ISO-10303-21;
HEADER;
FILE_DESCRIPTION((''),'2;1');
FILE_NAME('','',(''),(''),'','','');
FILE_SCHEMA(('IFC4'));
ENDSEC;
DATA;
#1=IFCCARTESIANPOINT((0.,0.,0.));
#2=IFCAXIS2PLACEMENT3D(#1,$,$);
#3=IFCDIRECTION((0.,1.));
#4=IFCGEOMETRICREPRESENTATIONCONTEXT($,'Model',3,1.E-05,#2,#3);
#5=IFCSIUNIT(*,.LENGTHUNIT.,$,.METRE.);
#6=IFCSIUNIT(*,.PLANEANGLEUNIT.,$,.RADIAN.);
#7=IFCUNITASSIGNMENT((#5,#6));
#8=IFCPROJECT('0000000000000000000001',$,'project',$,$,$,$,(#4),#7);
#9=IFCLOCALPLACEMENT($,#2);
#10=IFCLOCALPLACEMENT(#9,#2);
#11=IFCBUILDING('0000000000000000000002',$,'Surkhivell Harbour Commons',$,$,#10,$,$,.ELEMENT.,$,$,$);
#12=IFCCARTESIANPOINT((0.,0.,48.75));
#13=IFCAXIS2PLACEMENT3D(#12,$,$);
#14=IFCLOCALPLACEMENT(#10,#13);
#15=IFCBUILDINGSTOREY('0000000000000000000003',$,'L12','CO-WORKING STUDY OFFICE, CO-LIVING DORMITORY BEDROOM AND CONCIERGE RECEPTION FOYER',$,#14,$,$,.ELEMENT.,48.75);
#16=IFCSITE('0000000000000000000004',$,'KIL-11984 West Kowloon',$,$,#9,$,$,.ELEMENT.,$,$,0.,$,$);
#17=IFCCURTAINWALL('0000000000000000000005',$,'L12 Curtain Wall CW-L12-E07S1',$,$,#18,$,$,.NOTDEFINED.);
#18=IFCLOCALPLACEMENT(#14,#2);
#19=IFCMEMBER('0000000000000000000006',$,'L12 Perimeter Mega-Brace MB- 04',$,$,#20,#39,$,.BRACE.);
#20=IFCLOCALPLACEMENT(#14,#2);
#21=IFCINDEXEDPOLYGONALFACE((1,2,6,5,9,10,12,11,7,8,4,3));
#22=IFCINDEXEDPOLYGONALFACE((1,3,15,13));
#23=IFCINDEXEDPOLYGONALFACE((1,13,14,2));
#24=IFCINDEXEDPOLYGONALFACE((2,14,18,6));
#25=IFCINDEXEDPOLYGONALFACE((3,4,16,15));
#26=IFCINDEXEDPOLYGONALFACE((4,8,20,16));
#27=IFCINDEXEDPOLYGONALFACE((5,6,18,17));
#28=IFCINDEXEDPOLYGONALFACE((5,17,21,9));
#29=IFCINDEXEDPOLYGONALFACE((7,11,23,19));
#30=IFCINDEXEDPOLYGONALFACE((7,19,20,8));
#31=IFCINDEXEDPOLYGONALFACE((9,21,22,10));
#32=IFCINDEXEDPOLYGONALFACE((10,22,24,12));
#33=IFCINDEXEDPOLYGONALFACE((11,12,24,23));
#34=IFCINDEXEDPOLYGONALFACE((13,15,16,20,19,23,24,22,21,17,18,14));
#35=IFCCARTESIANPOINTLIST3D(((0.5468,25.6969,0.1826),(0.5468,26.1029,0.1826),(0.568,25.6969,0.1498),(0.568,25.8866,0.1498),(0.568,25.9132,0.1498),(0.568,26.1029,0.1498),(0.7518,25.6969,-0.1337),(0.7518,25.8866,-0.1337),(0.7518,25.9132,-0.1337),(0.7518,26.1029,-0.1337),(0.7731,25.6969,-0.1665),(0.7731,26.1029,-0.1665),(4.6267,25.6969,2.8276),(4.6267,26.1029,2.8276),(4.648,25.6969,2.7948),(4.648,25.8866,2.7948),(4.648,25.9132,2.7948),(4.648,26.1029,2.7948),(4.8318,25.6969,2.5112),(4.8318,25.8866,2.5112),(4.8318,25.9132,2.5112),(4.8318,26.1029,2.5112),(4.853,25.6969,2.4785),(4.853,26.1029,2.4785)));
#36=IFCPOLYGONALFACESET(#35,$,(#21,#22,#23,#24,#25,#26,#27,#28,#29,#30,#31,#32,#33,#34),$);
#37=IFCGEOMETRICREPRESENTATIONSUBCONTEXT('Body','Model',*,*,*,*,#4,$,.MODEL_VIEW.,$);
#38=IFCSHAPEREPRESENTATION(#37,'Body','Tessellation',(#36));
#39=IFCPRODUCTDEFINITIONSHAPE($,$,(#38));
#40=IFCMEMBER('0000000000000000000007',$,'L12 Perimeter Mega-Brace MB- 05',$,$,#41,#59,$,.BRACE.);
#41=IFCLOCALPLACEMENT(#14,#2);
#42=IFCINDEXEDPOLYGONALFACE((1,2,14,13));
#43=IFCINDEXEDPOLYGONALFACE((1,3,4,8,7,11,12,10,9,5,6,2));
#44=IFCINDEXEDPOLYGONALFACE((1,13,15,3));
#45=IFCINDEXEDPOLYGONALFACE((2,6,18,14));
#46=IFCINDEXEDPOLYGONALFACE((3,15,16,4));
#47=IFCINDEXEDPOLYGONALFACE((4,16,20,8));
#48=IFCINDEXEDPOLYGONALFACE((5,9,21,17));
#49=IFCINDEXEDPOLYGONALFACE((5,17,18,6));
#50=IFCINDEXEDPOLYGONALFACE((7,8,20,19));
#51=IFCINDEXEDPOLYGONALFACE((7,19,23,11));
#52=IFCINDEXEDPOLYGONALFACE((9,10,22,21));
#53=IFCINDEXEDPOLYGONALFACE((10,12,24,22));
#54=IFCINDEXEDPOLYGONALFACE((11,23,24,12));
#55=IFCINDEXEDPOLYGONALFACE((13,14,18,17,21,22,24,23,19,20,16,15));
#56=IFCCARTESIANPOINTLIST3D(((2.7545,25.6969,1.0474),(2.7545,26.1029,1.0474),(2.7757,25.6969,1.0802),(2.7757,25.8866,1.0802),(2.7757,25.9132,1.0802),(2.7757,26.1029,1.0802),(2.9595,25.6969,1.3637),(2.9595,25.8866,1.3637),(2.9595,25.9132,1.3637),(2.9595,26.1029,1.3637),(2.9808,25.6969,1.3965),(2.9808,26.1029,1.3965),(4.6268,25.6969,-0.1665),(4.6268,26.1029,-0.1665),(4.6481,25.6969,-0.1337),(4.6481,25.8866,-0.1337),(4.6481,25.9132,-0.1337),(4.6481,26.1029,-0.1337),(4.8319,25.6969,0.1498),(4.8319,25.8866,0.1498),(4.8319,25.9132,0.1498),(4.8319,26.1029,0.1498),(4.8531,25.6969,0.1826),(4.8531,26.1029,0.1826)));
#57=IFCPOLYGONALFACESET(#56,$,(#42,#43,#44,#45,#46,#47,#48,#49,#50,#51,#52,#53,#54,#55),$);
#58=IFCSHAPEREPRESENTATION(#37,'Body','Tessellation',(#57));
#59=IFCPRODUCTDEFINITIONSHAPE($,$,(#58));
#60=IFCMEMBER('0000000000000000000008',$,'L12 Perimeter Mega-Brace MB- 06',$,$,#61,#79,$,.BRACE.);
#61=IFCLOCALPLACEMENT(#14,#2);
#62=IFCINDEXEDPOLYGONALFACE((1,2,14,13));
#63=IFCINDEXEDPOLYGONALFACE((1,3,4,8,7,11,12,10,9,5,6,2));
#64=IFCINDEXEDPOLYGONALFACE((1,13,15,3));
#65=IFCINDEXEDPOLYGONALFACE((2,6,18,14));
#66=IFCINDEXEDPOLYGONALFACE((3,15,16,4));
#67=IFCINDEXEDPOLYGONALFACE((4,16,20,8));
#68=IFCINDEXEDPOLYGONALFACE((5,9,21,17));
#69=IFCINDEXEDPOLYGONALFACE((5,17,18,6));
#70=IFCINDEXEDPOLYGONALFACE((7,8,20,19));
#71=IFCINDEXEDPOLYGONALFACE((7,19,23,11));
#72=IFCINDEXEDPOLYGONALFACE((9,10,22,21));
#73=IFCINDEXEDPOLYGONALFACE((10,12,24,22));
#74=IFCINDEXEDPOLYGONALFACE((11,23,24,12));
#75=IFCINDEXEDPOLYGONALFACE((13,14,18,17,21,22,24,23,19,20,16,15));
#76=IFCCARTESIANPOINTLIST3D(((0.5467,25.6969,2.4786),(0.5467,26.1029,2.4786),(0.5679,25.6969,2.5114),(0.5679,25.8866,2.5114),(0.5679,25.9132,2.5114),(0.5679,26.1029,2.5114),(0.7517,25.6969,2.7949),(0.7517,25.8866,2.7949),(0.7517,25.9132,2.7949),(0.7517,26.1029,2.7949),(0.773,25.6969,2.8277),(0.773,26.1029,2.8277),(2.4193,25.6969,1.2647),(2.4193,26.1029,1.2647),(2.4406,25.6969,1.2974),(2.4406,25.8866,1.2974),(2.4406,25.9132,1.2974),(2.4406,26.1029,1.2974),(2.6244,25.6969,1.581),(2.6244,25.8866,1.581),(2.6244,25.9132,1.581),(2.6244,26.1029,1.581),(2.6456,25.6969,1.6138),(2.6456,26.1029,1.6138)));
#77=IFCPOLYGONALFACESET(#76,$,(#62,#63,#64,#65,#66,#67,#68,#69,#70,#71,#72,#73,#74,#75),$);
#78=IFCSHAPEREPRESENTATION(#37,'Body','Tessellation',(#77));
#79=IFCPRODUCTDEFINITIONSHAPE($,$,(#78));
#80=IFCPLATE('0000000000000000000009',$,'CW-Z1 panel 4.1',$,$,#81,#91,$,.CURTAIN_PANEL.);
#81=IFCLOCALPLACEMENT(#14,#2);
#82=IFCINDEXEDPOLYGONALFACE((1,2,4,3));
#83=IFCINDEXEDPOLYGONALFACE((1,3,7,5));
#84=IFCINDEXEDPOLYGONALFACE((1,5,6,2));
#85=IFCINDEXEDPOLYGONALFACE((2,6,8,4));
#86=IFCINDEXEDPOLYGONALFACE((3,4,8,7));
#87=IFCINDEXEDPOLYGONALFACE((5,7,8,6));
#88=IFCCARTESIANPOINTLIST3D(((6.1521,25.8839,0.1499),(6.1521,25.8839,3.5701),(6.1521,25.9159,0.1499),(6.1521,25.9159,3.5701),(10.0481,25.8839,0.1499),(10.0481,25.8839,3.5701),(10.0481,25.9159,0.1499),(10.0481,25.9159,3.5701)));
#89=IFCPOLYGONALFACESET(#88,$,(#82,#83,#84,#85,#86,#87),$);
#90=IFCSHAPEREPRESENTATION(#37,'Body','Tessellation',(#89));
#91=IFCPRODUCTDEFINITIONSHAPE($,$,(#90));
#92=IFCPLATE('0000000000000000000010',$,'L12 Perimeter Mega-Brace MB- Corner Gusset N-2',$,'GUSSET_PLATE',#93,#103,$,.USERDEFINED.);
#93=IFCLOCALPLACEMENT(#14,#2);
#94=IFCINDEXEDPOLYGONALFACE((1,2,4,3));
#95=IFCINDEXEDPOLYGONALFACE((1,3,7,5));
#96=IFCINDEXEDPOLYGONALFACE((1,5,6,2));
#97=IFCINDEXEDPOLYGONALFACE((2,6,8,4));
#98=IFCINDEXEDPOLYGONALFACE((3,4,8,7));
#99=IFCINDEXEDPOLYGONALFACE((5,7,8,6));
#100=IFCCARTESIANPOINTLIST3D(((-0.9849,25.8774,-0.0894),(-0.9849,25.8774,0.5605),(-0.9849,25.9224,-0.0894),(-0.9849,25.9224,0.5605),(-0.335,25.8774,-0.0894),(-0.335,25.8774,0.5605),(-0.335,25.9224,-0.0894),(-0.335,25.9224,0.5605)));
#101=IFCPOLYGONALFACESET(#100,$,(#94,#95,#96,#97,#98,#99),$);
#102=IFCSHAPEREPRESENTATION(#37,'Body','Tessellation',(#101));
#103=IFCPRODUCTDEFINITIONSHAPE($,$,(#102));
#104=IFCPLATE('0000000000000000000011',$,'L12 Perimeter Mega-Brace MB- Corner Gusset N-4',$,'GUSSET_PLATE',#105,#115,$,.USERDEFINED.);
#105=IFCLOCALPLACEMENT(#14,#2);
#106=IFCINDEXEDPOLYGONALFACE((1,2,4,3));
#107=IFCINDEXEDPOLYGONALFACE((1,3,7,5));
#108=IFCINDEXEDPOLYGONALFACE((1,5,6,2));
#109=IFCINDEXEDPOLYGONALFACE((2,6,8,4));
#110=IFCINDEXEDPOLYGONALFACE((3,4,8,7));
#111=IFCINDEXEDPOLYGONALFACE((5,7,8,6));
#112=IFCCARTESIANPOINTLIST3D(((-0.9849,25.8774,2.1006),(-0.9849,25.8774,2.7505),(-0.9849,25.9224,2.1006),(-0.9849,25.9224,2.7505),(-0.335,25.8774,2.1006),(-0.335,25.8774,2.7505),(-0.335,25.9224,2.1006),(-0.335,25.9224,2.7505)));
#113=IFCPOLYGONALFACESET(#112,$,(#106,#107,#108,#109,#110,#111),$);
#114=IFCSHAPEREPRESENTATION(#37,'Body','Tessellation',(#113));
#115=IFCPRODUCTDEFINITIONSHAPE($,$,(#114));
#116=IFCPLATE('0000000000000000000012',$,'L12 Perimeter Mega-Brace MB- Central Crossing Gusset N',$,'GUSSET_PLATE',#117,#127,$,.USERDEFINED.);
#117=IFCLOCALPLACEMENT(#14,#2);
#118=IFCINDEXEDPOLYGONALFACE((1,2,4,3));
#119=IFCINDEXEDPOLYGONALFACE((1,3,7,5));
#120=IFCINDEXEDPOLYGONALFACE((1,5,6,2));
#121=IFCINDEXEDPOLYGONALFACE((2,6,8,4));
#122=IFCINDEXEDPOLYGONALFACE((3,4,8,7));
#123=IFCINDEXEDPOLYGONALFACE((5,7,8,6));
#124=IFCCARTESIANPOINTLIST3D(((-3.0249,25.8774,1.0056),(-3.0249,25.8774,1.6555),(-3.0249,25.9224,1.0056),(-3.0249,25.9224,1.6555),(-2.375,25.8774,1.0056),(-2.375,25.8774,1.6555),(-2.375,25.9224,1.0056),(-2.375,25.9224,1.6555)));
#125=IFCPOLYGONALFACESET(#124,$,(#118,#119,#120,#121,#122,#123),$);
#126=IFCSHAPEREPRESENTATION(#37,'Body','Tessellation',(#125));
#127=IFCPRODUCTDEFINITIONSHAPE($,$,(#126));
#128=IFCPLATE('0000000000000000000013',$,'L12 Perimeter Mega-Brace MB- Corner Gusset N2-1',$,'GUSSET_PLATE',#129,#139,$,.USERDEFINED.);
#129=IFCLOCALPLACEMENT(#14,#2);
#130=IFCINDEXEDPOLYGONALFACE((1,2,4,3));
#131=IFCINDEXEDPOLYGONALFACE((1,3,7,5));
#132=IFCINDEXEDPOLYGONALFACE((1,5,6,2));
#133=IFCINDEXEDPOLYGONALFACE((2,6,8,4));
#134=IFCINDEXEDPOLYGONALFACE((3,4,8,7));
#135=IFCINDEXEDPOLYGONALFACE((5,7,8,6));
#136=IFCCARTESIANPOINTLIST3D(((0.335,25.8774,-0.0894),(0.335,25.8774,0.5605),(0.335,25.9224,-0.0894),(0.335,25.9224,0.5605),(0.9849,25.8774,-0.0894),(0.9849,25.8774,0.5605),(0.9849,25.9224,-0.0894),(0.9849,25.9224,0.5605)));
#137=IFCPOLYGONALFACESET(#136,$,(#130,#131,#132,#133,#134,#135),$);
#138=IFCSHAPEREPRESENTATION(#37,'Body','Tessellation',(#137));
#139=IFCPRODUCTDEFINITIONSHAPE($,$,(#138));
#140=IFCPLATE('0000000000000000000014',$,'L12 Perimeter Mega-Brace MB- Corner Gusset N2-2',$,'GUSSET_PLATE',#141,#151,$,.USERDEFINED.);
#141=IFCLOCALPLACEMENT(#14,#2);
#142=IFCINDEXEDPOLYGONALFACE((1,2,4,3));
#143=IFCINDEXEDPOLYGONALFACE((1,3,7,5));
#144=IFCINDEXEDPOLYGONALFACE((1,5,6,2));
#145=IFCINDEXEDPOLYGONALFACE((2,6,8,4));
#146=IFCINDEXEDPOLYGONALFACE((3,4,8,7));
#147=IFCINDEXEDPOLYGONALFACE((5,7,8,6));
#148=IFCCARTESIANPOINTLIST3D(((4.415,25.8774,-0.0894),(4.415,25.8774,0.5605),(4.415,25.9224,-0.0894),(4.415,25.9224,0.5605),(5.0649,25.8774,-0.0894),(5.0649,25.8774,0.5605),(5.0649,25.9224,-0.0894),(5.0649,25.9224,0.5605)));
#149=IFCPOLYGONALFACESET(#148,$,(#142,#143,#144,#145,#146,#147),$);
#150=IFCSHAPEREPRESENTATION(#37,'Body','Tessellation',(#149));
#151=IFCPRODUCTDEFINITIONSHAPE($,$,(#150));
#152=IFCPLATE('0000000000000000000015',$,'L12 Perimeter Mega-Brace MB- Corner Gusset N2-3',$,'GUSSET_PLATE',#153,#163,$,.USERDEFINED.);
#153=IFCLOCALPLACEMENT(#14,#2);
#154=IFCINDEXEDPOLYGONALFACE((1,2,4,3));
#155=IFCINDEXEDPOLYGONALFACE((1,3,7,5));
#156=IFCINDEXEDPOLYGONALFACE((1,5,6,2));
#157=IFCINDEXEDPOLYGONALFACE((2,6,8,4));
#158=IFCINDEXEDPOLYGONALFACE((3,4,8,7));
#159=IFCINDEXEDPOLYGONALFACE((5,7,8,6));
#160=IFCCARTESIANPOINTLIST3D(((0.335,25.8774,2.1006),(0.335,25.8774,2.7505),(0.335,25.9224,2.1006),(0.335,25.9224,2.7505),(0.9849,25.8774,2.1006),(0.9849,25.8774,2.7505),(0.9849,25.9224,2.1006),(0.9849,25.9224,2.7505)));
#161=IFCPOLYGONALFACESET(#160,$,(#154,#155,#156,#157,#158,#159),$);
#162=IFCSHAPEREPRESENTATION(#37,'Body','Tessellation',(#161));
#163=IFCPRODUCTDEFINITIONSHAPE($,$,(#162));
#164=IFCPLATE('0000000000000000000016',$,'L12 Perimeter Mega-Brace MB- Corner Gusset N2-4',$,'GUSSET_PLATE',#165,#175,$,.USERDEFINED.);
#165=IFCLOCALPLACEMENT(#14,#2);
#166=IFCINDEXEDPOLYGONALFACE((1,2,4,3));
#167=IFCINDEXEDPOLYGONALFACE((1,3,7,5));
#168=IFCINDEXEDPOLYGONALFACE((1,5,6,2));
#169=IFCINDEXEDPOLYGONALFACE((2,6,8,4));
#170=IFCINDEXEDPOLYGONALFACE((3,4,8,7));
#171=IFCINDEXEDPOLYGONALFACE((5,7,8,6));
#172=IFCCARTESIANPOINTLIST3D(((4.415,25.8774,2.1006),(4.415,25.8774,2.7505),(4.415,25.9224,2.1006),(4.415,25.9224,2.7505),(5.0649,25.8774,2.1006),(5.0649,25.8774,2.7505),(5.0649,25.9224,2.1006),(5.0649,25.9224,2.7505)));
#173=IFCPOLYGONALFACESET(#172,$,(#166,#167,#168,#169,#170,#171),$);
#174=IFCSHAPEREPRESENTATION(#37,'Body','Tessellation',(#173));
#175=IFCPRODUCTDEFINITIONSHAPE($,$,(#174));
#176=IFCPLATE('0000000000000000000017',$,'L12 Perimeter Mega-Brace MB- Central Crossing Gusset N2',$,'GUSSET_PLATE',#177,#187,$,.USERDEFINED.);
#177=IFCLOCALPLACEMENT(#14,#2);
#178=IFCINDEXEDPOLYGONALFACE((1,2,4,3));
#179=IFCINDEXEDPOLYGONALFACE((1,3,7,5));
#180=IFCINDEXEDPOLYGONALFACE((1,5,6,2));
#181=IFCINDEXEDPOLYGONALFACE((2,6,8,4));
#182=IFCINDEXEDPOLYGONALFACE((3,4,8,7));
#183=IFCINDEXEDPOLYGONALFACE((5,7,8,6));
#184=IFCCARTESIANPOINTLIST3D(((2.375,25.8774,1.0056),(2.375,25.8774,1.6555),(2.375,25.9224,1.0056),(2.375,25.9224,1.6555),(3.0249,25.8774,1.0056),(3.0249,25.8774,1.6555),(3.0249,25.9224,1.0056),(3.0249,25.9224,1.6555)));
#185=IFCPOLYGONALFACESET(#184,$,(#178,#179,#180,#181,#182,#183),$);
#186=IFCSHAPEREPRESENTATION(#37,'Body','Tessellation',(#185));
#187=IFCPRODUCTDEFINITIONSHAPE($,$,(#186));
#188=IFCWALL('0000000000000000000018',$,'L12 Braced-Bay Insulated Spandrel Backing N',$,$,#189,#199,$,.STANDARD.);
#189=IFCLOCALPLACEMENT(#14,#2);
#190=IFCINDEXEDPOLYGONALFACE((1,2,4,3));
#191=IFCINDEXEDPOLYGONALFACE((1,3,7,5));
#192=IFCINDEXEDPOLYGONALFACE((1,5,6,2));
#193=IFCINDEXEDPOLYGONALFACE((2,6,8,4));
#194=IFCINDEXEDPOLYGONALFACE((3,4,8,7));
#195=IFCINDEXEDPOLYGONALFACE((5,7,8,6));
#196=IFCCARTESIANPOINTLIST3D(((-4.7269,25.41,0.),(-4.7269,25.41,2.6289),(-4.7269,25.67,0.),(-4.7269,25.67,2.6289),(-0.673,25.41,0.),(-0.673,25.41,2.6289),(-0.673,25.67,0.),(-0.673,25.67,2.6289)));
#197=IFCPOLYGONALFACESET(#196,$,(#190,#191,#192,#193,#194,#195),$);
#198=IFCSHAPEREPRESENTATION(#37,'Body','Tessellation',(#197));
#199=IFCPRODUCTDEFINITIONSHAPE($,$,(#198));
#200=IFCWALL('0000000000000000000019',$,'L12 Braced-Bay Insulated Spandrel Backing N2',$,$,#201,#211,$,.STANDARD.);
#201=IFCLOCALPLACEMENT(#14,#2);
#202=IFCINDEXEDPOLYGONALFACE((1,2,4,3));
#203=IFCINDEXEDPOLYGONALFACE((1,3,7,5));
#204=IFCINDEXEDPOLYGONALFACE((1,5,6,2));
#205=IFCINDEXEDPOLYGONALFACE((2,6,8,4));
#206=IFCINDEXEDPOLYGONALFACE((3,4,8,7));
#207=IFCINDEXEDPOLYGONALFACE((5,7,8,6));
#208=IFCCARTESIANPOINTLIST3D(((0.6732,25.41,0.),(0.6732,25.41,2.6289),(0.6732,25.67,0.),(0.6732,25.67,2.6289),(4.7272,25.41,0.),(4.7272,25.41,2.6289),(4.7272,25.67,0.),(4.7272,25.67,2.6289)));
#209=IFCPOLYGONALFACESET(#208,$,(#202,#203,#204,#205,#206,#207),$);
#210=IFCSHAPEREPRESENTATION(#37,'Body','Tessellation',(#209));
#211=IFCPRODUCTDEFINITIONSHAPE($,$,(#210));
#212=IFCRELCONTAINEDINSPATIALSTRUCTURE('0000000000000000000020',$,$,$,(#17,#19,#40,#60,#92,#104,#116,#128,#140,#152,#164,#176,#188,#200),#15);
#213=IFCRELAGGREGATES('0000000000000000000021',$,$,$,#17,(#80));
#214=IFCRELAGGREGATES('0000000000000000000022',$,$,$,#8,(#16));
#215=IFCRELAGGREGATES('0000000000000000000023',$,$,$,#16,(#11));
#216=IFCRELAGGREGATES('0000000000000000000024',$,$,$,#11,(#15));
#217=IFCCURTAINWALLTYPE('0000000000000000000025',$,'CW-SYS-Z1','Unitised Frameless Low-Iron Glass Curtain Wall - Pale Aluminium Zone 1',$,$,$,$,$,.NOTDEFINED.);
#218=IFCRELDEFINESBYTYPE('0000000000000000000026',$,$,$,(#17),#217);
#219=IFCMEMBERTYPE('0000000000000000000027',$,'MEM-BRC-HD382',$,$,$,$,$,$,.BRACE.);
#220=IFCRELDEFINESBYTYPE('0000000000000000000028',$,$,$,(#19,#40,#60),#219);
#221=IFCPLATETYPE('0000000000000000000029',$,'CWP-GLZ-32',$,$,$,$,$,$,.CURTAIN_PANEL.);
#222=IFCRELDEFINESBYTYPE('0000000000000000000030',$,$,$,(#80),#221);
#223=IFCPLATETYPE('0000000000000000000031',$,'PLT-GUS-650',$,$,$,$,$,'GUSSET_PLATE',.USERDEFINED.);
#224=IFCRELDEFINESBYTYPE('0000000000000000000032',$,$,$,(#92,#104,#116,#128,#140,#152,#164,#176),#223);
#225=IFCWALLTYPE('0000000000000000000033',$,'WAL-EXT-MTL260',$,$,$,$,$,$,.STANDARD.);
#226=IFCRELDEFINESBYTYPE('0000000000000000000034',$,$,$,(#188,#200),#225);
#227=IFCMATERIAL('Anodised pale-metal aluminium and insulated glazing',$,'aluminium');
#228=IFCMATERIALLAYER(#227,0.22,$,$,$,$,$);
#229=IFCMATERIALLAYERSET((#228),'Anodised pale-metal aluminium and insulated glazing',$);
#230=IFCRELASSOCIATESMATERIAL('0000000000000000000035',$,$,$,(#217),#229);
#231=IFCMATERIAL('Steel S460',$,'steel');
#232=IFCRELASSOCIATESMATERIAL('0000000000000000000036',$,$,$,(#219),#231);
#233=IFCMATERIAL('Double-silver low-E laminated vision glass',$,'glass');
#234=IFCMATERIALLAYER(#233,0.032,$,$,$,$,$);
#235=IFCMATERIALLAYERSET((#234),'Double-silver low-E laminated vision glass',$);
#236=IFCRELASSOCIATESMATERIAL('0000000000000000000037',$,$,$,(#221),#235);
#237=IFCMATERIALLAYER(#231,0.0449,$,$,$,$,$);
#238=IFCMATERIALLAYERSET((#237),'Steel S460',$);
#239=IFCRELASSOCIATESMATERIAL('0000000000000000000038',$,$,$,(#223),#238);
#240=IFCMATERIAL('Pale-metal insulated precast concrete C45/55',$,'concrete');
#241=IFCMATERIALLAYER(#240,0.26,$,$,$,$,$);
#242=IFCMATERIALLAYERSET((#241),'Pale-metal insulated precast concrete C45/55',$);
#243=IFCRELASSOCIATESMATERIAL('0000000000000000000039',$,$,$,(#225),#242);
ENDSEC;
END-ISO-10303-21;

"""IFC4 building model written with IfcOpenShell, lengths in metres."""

from ifc_helpers import new_model, si_unit, direction, frame, frame_2d, origin, origin_2d, place, context, subcontext, project, spatial, rectangle, i_section, extrude, material, layer, layer_set, material_profile, profile_set, type_object, element, aggregate, save


model = new_model("IFC4")

# Units and contexts
model_context = context("Model", 3, precision=1e-05, world=origin(), true_north=direction((0.0, 1.0)))
body_context = subcontext(model_context, "Body", "Model", "MODEL_VIEW")
ifc_project = project(units=[si_unit("LENGTHUNIT", "METRE"), si_unit("PLANEANGLEUNIT", "RADIAN")], contexts=[model_context])

# Site, building, storey
site_placement = place(None, origin())
site = spatial("IfcSite", under=ifc_project, at=site_placement, Name="KIL-11984 West Kowloon", CompositionType="ELEMENT", RefElevation=0.0)
building_placement = place(site_placement, origin())
building = spatial("IfcBuilding", under=site, at=building_placement, Name="Surkhivell Harbour Commons", CompositionType="ELEMENT")
storey_placement = place(building_placement, frame((0.0, 0.0, 48.75)))
storey = spatial("IfcBuildingStorey", under=building, at=storey_placement, Name="L12", Description="CO-WORKING STUDY OFFICE, CO-LIVING DORMITORY BEDROOM AND CONCIERGE RECEPTION FOYER", CompositionType="ELEMENT", Elevation=48.75)

# Shared definitions
ifc_material_1 = material(Name="Steel S460", Category="steel")

# Curtain wall
ifc_material_2 = material(Name="Anodised pale-metal aluminium and insulated glazing", Category="aluminium")
ifc_layer_1 = layer(ifc_material_2, 0.22)
ifc_layer_set_1 = layer_set([ifc_layer_1], Name="Anodised pale-metal aluminium and insulated glazing")
curtain_wall_type = type_object("IfcCurtainWallType", Name="CW-SYS-Z1", Description="Unitised Frameless Low-Iron Glass Curtain Wall - Pale Aluminium Zone 1", PredefinedType="NOTDEFINED", material=ifc_layer_set_1)
curtain_wall_placement = place(storey_placement, origin())
curtain_wall = element("IfcCurtainWall", 1, at=curtain_wall_placement, inside=storey, type_object=curtain_wall_type, Name="L12 Curtain Wall CW-L12-E07S1", PredefinedType="NOTDEFINED")

# Members
ifc_material_profile_1 = material_profile(ifc_material_1, i_section(OverallWidth=0.406, OverallDepth=0.416, WebThickness=0.0266, FlangeThickness=0.0391, at=origin_2d()), Name="HD400x382")
ifc_profile_set_1 = profile_set([ifc_material_profile_1], Name="Steel S460")
member_type_1 = type_object("IfcMemberType", Name="MEM-BRC-HD382", PredefinedType="BRACE", material=ifc_profile_set_1)
member_1_placement = place(storey_placement, frame((0.6599, 25.8999, 0.0081), z_axis=(0.839104, 0.0, 0.543971), x_axis=(0.0, 1.0, 0.0)))
element("IfcMember", 2, at=member_1_placement, inside=storey, type_object=member_type_1, Name="L12 Perimeter Mega-Brace MB- 04", PredefinedType="BRACE", context=body_context, shape_type="SweptSolid", body=[
    extrude(i_section(OverallWidth=0.406, OverallDepth=0.416, WebThickness=0.0266, FlangeThickness=0.0391, at=origin_2d()), origin(), (0.0, 0.0, 1.0), 4.8623),
])
member_2_placement = place(storey_placement, frame((4.74, 25.8999, 0.0081), z_axis=(-0.839085, 0.0, 0.544), x_axis=(0.0, -1.0, 0.0)))
element("IfcMember", 3, at=member_2_placement, inside=storey, type_object=member_type_1, Name="L12 Perimeter Mega-Brace MB- 05", PredefinedType="BRACE", context=body_context, shape_type="SweptSolid", body=[
    extrude(i_section(OverallWidth=0.406, OverallDepth=0.416, WebThickness=0.0266, FlangeThickness=0.0391, at=origin_2d()), origin(), (0.0, 0.0, 1.0), 2.2314),
])
member_3_placement = place(storey_placement, frame((2.5325, 25.8999, 1.4392), z_axis=(-0.839118, 0.0, 0.54395), x_axis=(0.0, -1.0, 0.0)))
element("IfcMember", 4, at=member_3_placement, inside=storey, type_object=member_type_1, Name="L12 Perimeter Mega-Brace MB- 06", PredefinedType="BRACE", context=body_context, shape_type="SweptSolid", body=[
    extrude(i_section(OverallWidth=0.406, OverallDepth=0.416, WebThickness=0.0266, FlangeThickness=0.0391, at=origin_2d()), origin(), (0.0, 0.0, 1.0), 2.2317),
])

# Plate
ifc_material_3 = material(Name="Double-silver low-E laminated vision glass", Category="glass")
ifc_layer_2 = layer(ifc_material_3, 0.032)
ifc_layer_set_2 = layer_set([ifc_layer_2], Name="Double-silver low-E laminated vision glass")
plate_type_1 = type_object("IfcPlateType", Name="CWP-GLZ-32", PredefinedType="CURTAIN_PANEL", material=ifc_layer_set_2)
plate_placement = place(storey_placement, frame((10.0481, 25.8999, 0.1499), z_axis=(0.0, 0.0, 1.0), x_axis=(-1.0, 0.0, 0.0)))
plate = element("IfcPlate", 5, at=plate_placement, type_object=plate_type_1, Name="CW-Z1 panel 4.1", PredefinedType="CURTAIN_PANEL", context=body_context, shape_type="SweptSolid", body=[
    extrude(rectangle(XDim=3.896, YDim=0.032, at=frame_2d((1.948, 0.0))), origin(), (0.0, 0.0, 1.0), 3.4202),
])
aggregate(curtain_wall, [plate])

# Plates
ifc_layer_3 = layer(ifc_material_1, 0.0449)
ifc_layer_set_3 = layer_set([ifc_layer_3], Name="Steel S460")
plate_type_2 = type_object("IfcPlateType", Name="PLT-GUS-650", ElementType="GUSSET_PLATE", PredefinedType="USERDEFINED", material=ifc_layer_set_3)
for number, where, z_axis, x_axis, name in (
    (6, (-0.6599, 25.8999, -0.0894), (0.0, 0.0, 1.0), (1.0, 0.0, 0.0), "L12 Perimeter Mega-Brace MB- Corner Gusset N-2"),
    (7, (-0.6599, 25.8999, 2.1006), (0.0, 0.0, 1.0), (1.0, 0.0, 0.0), "L12 Perimeter Mega-Brace MB- Corner Gusset N-4"),
    (8, (-2.7, 25.8999, 1.0056), (0.0, 0.0, 1.0), (1.0, 0.0, 0.0), "L12 Perimeter Mega-Brace MB- Central Crossing Gusset N"),
    (9, (0.6599, 25.8999, -0.0894), (0.0, 0.0, 1.0), (1.0, 0.0, 0.0), "L12 Perimeter Mega-Brace MB- Corner Gusset N2-1"),
    (10, (4.74, 25.8999, -0.0894), (0.0, 0.0, 1.0), (1.0, 0.0, 0.0), "L12 Perimeter Mega-Brace MB- Corner Gusset N2-2"),
    (11, (0.6599, 25.8999, 2.1006), (0.0, 0.0, 1.0), (1.0, 0.0, 0.0), "L12 Perimeter Mega-Brace MB- Corner Gusset N2-3"),
    (12, (4.74, 25.8999, 2.1006), (0.0, 0.0, 1.0), (1.0, 0.0, 0.0), "L12 Perimeter Mega-Brace MB- Corner Gusset N2-4"),
    (13, (2.7, 25.8999, 1.0056), (0.0, 0.0, 1.0), (1.0, 0.0, 0.0), "L12 Perimeter Mega-Brace MB- Central Crossing Gusset N2"),
):
    element("IfcPlate", number, at=place(storey_placement, frame(where, z_axis=z_axis, x_axis=x_axis)), inside=storey, type_object=plate_type_2, Name=name, ObjectType="GUSSET_PLATE", PredefinedType="USERDEFINED", context=body_context, shape_type="SweptSolid", body=[
        extrude(rectangle(XDim=0.6499, YDim=0.0449, at=origin_2d()), origin(), (0.0, 0.0, 1.0), 0.6499),
    ])

# Walls
ifc_material_4 = material(Name="Pale-metal insulated precast concrete C45/55", Category="concrete")
ifc_layer_4 = layer(ifc_material_4, 0.26)
ifc_layer_set_4 = layer_set([ifc_layer_4], Name="Pale-metal insulated precast concrete C45/55")
wall_type = type_object("IfcWallType", Name="WAL-EXT-MTL260", PredefinedType="STANDARD", material=ifc_layer_set_4)
for number, where, z_axis, x_axis, name in (
    (14, (-0.6731, 25.54, 0.0), (0.0, 0.0, 1.0), (-1.0, 0.0, 0.0), "L12 Braced-Bay Insulated Spandrel Backing N"),
    (15, (4.7271, 25.54, 0.0), (0.0, 0.0, 1.0), (-1.0, 0.0, 0.0), "L12 Braced-Bay Insulated Spandrel Backing N2"),
):
    element("IfcWall", number, at=place(storey_placement, frame(where, z_axis=z_axis, x_axis=x_axis)), inside=storey, type_object=wall_type, Name=name, PredefinedType="STANDARD", context=body_context, shape_type="SweptSolid", body=[
        extrude(rectangle(XDim=4.054, YDim=0.26, at=frame_2d((2.0269, 0.0))), origin(), (0.0, 0.0, 1.0), 2.6289),
    ])

save(model, "model.ifc")
